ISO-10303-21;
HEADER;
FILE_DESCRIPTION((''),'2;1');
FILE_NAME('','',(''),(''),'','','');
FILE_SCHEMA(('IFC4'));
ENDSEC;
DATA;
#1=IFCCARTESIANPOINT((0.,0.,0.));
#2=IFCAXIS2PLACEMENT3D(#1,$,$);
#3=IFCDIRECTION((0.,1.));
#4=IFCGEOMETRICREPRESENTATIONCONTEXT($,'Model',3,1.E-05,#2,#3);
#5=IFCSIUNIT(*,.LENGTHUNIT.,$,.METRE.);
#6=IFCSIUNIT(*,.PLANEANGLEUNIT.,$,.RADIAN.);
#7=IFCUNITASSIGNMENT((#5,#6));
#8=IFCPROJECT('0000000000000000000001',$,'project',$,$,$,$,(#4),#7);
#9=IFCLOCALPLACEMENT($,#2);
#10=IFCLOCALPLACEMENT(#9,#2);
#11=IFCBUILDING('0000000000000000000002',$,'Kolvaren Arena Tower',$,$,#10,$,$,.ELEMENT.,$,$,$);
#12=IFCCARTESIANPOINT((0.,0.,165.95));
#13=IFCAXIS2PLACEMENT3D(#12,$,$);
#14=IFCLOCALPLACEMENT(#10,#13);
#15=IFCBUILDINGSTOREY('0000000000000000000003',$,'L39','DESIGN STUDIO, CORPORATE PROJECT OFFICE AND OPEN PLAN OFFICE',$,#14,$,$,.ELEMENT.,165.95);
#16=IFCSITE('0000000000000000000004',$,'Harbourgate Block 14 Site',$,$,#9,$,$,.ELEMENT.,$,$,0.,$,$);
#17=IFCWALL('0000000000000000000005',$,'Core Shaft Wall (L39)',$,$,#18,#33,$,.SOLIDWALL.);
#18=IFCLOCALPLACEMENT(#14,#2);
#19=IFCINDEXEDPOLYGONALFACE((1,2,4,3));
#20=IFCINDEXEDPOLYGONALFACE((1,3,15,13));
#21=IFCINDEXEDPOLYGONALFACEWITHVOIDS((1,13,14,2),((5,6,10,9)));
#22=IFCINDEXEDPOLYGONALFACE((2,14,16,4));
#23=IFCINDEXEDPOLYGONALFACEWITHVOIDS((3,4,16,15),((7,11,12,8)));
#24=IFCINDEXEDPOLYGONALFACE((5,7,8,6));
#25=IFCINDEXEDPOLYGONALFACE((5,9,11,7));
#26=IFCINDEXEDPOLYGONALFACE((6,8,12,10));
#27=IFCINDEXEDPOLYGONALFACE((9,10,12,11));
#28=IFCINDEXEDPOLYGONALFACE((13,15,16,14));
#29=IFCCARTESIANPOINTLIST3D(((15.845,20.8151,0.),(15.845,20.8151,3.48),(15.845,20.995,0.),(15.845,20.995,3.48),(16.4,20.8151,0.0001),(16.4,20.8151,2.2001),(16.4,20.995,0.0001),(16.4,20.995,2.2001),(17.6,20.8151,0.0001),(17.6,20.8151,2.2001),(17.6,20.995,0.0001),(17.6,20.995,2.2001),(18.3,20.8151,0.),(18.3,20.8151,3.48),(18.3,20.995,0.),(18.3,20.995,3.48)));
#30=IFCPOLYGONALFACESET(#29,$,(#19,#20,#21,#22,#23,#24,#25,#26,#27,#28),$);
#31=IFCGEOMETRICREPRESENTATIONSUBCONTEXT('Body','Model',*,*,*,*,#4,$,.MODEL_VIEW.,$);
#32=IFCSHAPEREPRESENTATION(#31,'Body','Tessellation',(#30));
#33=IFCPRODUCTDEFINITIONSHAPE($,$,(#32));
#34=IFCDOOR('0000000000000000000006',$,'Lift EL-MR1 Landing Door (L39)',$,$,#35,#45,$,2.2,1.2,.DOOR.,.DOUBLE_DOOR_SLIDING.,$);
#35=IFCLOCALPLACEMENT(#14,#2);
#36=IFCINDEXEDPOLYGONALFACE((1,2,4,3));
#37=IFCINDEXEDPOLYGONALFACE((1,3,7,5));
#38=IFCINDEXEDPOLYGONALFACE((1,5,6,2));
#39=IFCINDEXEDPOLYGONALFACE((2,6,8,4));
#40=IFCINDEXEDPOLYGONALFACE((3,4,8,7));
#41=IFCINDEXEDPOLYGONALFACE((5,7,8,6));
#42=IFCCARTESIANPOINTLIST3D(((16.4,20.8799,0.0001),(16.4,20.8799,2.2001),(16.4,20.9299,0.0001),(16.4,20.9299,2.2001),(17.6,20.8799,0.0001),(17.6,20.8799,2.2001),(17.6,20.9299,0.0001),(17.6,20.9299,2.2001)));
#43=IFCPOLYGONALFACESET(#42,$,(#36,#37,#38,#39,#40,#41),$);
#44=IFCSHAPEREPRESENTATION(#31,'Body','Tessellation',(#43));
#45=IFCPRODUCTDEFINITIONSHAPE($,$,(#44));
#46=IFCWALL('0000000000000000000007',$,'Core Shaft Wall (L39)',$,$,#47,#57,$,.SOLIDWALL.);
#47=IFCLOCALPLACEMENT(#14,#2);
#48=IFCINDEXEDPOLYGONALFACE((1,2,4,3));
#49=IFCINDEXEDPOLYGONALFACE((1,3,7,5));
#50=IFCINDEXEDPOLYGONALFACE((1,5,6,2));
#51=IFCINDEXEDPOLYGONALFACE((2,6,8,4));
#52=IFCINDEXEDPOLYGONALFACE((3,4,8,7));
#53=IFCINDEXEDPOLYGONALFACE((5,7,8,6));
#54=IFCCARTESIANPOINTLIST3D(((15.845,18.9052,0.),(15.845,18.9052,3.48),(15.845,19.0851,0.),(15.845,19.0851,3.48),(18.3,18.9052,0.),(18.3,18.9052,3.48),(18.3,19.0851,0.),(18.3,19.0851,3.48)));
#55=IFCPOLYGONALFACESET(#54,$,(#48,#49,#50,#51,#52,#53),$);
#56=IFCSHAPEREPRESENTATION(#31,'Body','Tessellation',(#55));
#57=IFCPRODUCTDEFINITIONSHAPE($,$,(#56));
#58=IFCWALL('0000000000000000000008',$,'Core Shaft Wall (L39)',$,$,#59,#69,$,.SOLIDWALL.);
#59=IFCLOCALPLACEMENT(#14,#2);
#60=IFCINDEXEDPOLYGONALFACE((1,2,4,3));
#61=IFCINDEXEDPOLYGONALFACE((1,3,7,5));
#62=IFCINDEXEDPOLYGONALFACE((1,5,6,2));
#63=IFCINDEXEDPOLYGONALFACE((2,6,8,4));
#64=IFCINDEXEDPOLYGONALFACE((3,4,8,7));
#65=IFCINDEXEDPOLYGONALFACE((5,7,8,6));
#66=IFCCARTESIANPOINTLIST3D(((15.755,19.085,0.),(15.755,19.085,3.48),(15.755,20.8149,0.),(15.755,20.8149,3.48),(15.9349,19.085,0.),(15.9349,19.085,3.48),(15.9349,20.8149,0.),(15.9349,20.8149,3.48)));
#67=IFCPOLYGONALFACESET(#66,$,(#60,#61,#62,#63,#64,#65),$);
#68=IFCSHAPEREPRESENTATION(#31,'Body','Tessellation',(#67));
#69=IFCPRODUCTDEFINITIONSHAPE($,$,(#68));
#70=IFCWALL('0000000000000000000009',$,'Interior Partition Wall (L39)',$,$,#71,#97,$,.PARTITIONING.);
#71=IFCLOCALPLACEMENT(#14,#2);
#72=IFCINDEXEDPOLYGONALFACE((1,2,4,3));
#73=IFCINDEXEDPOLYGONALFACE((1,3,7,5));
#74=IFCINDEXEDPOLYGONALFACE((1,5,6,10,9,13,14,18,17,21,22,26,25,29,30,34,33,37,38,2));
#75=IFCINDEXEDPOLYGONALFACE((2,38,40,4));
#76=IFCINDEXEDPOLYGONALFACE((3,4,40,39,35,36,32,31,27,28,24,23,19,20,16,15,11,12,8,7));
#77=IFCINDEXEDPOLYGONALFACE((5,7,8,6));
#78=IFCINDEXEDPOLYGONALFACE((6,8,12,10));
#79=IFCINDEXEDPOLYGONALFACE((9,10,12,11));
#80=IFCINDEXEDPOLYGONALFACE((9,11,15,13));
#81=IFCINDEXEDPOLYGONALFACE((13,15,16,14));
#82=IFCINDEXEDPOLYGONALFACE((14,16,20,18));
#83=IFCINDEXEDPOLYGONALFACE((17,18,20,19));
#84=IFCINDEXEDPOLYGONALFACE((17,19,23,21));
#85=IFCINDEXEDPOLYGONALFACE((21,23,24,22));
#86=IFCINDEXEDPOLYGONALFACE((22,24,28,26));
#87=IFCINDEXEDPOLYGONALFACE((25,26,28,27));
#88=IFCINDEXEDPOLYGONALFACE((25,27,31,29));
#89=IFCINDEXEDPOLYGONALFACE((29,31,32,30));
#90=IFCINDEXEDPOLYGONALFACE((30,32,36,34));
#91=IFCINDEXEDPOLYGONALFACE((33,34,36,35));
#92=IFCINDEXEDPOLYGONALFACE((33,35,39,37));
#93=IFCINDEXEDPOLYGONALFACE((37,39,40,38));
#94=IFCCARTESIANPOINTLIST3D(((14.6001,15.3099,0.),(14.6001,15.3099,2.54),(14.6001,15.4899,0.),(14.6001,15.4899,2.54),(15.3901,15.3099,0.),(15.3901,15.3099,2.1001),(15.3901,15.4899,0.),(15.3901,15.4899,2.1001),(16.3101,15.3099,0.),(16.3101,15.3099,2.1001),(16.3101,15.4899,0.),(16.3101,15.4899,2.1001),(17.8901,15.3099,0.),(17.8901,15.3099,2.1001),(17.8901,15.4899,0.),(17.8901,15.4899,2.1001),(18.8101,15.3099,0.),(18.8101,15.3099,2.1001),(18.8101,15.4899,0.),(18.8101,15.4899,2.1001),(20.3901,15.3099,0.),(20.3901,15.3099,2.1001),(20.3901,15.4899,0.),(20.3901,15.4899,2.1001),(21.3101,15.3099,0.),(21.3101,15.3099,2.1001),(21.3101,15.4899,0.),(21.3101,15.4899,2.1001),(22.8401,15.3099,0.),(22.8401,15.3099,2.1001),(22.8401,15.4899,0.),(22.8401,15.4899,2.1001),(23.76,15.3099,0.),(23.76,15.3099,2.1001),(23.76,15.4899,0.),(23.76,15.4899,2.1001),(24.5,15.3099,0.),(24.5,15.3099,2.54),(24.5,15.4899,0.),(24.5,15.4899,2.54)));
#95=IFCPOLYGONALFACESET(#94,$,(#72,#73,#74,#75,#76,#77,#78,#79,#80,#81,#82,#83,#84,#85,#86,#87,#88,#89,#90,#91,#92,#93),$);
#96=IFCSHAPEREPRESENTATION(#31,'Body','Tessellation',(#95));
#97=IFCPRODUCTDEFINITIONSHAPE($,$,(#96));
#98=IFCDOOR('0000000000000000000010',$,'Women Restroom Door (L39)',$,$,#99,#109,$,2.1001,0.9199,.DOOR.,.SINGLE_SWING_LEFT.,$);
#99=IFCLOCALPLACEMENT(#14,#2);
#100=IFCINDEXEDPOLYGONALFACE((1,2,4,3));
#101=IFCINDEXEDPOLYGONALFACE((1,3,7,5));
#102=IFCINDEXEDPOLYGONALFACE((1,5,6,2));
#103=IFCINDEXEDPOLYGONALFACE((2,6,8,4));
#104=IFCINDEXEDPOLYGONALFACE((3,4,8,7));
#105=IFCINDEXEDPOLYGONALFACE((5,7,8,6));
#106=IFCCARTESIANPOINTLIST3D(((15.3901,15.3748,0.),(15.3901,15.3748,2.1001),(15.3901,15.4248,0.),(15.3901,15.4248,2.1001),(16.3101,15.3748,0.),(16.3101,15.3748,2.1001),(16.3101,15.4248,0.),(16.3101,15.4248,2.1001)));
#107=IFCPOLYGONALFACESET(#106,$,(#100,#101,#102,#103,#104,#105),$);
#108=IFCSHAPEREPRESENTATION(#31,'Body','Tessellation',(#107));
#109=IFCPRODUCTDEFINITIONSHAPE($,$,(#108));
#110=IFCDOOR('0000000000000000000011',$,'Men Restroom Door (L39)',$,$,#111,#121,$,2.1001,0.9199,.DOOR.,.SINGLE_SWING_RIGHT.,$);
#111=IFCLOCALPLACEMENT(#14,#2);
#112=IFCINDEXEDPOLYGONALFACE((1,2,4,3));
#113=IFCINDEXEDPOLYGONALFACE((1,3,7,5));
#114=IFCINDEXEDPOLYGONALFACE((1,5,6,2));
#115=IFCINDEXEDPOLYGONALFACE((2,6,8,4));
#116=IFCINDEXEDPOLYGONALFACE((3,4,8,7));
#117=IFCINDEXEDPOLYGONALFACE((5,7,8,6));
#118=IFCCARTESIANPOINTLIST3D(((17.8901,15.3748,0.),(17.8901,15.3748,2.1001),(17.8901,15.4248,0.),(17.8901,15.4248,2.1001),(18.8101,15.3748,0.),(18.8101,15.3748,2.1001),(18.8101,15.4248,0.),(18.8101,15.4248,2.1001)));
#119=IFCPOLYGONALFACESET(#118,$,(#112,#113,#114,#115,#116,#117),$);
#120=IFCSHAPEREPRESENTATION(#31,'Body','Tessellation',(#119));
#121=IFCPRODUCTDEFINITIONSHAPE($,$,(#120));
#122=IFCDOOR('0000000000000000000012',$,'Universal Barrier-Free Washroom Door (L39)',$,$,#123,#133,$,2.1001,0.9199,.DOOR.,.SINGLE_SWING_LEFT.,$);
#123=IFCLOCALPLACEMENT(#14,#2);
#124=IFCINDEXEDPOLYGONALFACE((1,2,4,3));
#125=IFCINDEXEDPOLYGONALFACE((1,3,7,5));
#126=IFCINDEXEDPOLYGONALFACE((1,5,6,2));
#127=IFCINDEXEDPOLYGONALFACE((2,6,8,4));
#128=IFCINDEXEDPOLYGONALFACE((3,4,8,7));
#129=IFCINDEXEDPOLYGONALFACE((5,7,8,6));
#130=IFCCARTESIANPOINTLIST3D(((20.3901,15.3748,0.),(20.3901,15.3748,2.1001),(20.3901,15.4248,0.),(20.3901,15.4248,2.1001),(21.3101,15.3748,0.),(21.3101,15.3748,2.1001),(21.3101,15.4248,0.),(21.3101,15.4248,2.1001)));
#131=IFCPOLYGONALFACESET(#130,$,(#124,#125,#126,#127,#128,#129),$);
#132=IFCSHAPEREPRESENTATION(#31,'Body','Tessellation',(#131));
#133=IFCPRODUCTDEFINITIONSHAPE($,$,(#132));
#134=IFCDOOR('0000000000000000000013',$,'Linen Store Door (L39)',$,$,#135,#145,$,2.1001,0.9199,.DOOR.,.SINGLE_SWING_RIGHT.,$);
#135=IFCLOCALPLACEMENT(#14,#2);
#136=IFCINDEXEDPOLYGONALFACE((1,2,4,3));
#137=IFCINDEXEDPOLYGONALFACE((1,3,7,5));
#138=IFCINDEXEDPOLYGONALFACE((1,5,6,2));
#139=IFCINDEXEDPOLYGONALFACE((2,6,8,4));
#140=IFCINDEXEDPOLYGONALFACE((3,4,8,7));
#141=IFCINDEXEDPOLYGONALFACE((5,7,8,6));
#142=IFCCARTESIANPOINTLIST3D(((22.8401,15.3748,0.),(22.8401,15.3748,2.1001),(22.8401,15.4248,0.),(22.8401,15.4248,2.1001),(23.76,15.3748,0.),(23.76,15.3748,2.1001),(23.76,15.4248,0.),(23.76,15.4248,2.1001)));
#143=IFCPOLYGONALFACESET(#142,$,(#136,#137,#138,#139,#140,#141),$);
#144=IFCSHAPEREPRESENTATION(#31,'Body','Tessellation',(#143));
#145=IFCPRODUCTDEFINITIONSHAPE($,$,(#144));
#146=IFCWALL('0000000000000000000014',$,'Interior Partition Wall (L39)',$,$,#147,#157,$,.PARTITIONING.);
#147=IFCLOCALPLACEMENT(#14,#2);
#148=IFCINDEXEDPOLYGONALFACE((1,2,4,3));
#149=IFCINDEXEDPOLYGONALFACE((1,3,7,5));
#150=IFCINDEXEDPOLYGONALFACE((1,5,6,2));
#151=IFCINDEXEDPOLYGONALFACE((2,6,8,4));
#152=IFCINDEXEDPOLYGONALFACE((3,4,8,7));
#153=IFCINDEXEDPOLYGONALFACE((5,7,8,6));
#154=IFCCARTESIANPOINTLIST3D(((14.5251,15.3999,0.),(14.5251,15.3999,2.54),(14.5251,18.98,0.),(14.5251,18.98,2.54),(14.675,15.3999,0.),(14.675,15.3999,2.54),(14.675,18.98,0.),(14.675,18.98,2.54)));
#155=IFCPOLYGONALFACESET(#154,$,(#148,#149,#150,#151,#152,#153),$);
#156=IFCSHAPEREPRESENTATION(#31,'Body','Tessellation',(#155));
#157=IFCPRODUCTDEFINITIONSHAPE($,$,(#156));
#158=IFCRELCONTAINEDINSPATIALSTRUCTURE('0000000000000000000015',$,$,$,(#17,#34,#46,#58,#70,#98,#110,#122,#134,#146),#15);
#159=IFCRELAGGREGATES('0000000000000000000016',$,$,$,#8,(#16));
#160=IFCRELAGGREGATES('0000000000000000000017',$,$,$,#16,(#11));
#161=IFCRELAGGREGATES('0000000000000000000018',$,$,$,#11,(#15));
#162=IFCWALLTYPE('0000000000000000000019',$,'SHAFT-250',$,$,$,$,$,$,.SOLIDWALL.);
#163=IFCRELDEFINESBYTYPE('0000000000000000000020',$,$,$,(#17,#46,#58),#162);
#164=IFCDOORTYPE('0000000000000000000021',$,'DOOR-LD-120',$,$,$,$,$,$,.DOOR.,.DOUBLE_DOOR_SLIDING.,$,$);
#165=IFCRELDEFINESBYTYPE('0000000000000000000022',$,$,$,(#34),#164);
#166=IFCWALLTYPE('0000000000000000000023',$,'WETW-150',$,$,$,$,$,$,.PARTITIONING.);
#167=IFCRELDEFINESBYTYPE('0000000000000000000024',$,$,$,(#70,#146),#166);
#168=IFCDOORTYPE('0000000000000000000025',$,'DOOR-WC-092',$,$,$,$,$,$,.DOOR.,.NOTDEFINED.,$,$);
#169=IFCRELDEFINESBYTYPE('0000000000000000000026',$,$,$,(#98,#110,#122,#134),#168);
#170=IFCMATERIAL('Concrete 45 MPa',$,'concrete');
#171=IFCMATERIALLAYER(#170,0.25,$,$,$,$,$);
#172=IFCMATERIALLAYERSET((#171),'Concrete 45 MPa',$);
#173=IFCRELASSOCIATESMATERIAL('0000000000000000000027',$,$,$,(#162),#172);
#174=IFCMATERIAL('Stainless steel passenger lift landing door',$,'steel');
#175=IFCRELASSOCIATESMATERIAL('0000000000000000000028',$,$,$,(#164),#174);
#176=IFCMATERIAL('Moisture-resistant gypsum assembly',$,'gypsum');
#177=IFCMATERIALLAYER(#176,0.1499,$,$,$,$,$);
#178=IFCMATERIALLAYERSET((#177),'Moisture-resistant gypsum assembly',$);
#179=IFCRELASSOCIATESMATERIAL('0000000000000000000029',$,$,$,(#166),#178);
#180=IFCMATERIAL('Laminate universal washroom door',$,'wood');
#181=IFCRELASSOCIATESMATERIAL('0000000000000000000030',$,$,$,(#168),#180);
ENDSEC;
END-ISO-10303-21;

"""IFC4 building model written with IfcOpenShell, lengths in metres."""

from ifc_helpers import new_model, si_unit, direction, frame, frame_2d, origin, place, context, subcontext, project, spatial, rectangle, extrude, material, layer, layer_set, type_object, element, fill, save


model = new_model("IFC4")

# Units and contexts
model_context = context("Model", 3, precision=1e-05, world=origin(), true_north=direction((0.0, 1.0)))
body_context = subcontext(model_context, "Body", "Model", "MODEL_VIEW")
ifc_project = project(units=[si_unit("LENGTHUNIT", "METRE"), si_unit("PLANEANGLEUNIT", "RADIAN")], contexts=[model_context])

# Site, building, storey
site_placement = place(None, origin())
site = spatial("IfcSite", under=ifc_project, at=site_placement, Name="Harbourgate Block 14 Site", CompositionType="ELEMENT", RefElevation=0.0)
building_placement = place(site_placement, origin())
building = spatial("IfcBuilding", under=site, at=building_placement, Name="Kolvaren Arena Tower", CompositionType="ELEMENT")
storey_placement = place(building_placement, frame((0.0, 0.0, 165.95)))
storey = spatial("IfcBuildingStorey", under=building, at=storey_placement, Name="L39", Description="DESIGN STUDIO, CORPORATE PROJECT OFFICE AND OPEN PLAN OFFICE", CompositionType="ELEMENT", Elevation=165.95)

# Wall, opening, door
ifc_material_1 = material(Name="Concrete 45 MPa", Category="concrete")
ifc_layer_1 = layer(ifc_material_1, 0.25)
ifc_layer_set_1 = layer_set([ifc_layer_1], Name="Concrete 45 MPa")
wall_type_1 = type_object("IfcWallType", Name="SHAFT-250", PredefinedType="SOLIDWALL", material=ifc_layer_set_1)
wall_1_placement = place(storey_placement, frame((15.845, 20.905, 0.0), z_axis=(0.0, 0.0, 1.0), x_axis=(1.0, 0.0, 0.0)))
wall_1 = element("IfcWall", 1, at=wall_1_placement, inside=storey, type_object=wall_type_1, Name="Core Shaft Wall (L39)", PredefinedType="SOLIDWALL", context=body_context, shape_type="SweptSolid", body=[
    extrude(rectangle(XDim=2.4551, YDim=0.1799, at=frame_2d((1.2275, 0.0))), origin(), (0.0, 0.0, 1.0), 3.48),
])
opening_1_placement = place(wall_1_placement, frame((0.5549, 0.0, 0.0)))
opening_1 = element("IfcOpeningElement", 2, at=opening_1_placement, cuts=wall_1, PredefinedType="OPENING", context=body_context, shape_type="SweptSolid", body=[
    extrude(rectangle(XDim=1.2, YDim=2.2, at=frame_2d((0.6001, 1.1001))), frame((0.0, 0.0999, 0.0), z_axis=(0.0, -1.0, 0.0), x_axis=(1.0, 0.0, 0.0)), (0.0, 0.0, 1.0), 0.2),
])
ifc_material_2 = material(Name="Stainless steel passenger lift landing door", Category="steel")
door_type_1 = type_object("IfcDoorType", Name="DOOR-LD-120", OperationType="DOUBLE_DOOR_SLIDING", PredefinedType="DOOR", material=ifc_material_2)
door_1_placement = place(opening_1_placement, origin())
door_1 = element("IfcDoor", 3, at=door_1_placement, inside=storey, type_object=door_type_1, Name="Lift EL-MR1 Landing Door (L39)", OperationType="DOUBLE_DOOR_SLIDING", OverallHeight=2.2, OverallWidth=1.2, PredefinedType="DOOR", context=body_context, shape_type="SweptSolid", body=[
    extrude(rectangle(XDim=1.2, YDim=2.2, at=frame_2d((0.6001, 1.1001))), frame((0.0, 0.0249, 0.0), z_axis=(0.0, -1.0, 0.0), x_axis=(1.0, 0.0, 0.0)), (0.0, 0.0, 1.0), 0.05),
])
fill(opening_1, door_1)

# Walls
wall_2_placement = place(storey_placement, frame((15.845, 18.9951, 0.0), z_axis=(0.0, 0.0, 1.0), x_axis=(1.0, 0.0, 0.0)))
element("IfcWall", 4, at=wall_2_placement, inside=storey, type_object=wall_type_1, Name="Core Shaft Wall (L39)", PredefinedType="SOLIDWALL", context=body_context, shape_type="SweptSolid", body=[
    extrude(rectangle(XDim=2.4551, YDim=0.1799, at=frame_2d((1.2275, 0.0))), origin(), (0.0, 0.0, 1.0), 3.48),
])
wall_3_placement = place(storey_placement, frame((15.845, 19.085, 0.0), z_axis=(0.0, 0.0, 1.0), x_axis=(0.0, 1.0, 0.0)))
element("IfcWall", 5, at=wall_3_placement, inside=storey, type_object=wall_type_1, Name="Core Shaft Wall (L39)", PredefinedType="SOLIDWALL", context=body_context, shape_type="SweptSolid", body=[
    extrude(rectangle(XDim=1.73, YDim=0.1799, at=frame_2d((0.865, 0.0))), origin(), (0.0, 0.0, 1.0), 3.48),
])

# Wall, openings, doors
ifc_material_3 = material(Name="Moisture-resistant gypsum assembly", Category="gypsum")
ifc_layer_2 = layer(ifc_material_3, 0.1499)
ifc_layer_set_2 = layer_set([ifc_layer_2], Name="Moisture-resistant gypsum assembly")
wall_type_2 = type_object("IfcWallType", Name="WETW-150", PredefinedType="PARTITIONING", material=ifc_layer_set_2)
wall_4_placement = place(storey_placement, frame((14.6001, 15.3999, 0.0), z_axis=(0.0, 0.0, 1.0), x_axis=(1.0, 0.0, 0.0)))
wall_4 = element("IfcWall", 6, at=wall_4_placement, inside=storey, type_object=wall_type_2, Name="Interior Partition Wall (L39)", PredefinedType="PARTITIONING", context=body_context, shape_type="SweptSolid", body=[
    extrude(rectangle(XDim=9.8999, YDim=0.1799, at=frame_2d((4.95, 0.0))), origin(), (0.0, 0.0, 1.0), 2.54),
])
opening_2_placement = place(wall_4_placement, frame((0.79, 0.0, 0.0)))
opening_2 = element("IfcOpeningElement", 7, at=opening_2_placement, cuts=wall_4, PredefinedType="OPENING", context=body_context, shape_type="SweptSolid", body=[
    extrude(rectangle(XDim=0.9199, YDim=2.1001, at=frame_2d((0.46, 1.05))), frame((0.0, 0.0999, 0.0), z_axis=(0.0, -1.0, 0.0), x_axis=(1.0, 0.0, 0.0)), (0.0, 0.0, 1.0), 0.2),
])
opening_3_placement = place(wall_4_placement, frame((3.29, 0.0, 0.0)))
opening_3 = element("IfcOpeningElement", 8, at=opening_3_placement, cuts=wall_4, PredefinedType="OPENING", context=body_context, shape_type="SweptSolid", body=[
    extrude(rectangle(XDim=0.9199, YDim=2.1001, at=frame_2d((0.46, 1.05))), frame((0.0, 0.0999, 0.0), z_axis=(0.0, -1.0, 0.0), x_axis=(1.0, 0.0, 0.0)), (0.0, 0.0, 1.0), 0.2),
])
opening_4_placement = place(wall_4_placement, frame((5.79, 0.0, 0.0)))
opening_4 = element("IfcOpeningElement", 9, at=opening_4_placement, cuts=wall_4, PredefinedType="OPENING", context=body_context, shape_type="SweptSolid", body=[
    extrude(rectangle(XDim=0.9199, YDim=2.1001, at=frame_2d((0.46, 1.05))), frame((0.0, 0.0999, 0.0), z_axis=(0.0, -1.0, 0.0), x_axis=(1.0, 0.0, 0.0)), (0.0, 0.0, 1.0), 0.2),
])
opening_5_placement = place(wall_4_placement, frame((8.24, 0.0, 0.0)))
opening_5 = element("IfcOpeningElement", 10, at=opening_5_placement, cuts=wall_4, PredefinedType="OPENING", context=body_context, shape_type="SweptSolid", body=[
    extrude(rectangle(XDim=0.9199, YDim=2.1001, at=frame_2d((0.46, 1.05))), frame((0.0, 0.0999, 0.0), z_axis=(0.0, -1.0, 0.0), x_axis=(1.0, 0.0, 0.0)), (0.0, 0.0, 1.0), 0.2),
])
ifc_material_4 = material(Name="Laminate universal washroom door", Category="wood")
door_type_2 = type_object("IfcDoorType", Name="DOOR-WC-092", OperationType="NOTDEFINED", PredefinedType="DOOR", material=ifc_material_4)
door_2_placement = place(opening_2_placement, origin())
door_2 = element("IfcDoor", 11, at=door_2_placement, inside=storey, type_object=door_type_2, Name="Women Restroom Door (L39)", OperationType="SINGLE_SWING_LEFT", OverallHeight=2.1001, OverallWidth=0.9199, PredefinedType="DOOR", context=body_context, shape_type="SweptSolid", body=[
    extrude(rectangle(XDim=0.9199, YDim=2.1001, at=frame_2d((0.46, 1.05))), frame((0.0, 0.0249, 0.0), z_axis=(0.0, -1.0, 0.0), x_axis=(1.0, 0.0, 0.0)), (0.0, 0.0, 1.0), 0.05),
])
fill(opening_2, door_2)
door_3_placement = place(opening_3_placement, origin())
door_3 = element("IfcDoor", 12, at=door_3_placement, inside=storey, type_object=door_type_2, Name="Men Restroom Door (L39)", OperationType="SINGLE_SWING_RIGHT", OverallHeight=2.1001, OverallWidth=0.9199, PredefinedType="DOOR", context=body_context, shape_type="SweptSolid", body=[
    extrude(rectangle(XDim=0.9199, YDim=2.1001, at=frame_2d((0.46, 1.05))), frame((0.0, 0.0249, 0.0), z_axis=(0.0, -1.0, 0.0), x_axis=(1.0, 0.0, 0.0)), (0.0, 0.0, 1.0), 0.05),
])
fill(opening_3, door_3)
door_4_placement = place(opening_4_placement, origin())
door_4 = element("IfcDoor", 13, at=door_4_placement, inside=storey, type_object=door_type_2, Name="Universal Barrier-Free Washroom Door (L39)", OperationType="SINGLE_SWING_LEFT", OverallHeight=2.1001, OverallWidth=0.9199, PredefinedType="DOOR", context=body_context, shape_type="SweptSolid", body=[
    extrude(rectangle(XDim=0.9199, YDim=2.1001, at=frame_2d((0.46, 1.05))), frame((0.0, 0.0249, 0.0), z_axis=(0.0, -1.0, 0.0), x_axis=(1.0, 0.0, 0.0)), (0.0, 0.0, 1.0), 0.05),
])
fill(opening_4, door_4)
door_5_placement = place(opening_5_placement, origin())
door_5 = element("IfcDoor", 14, at=door_5_placement, inside=storey, type_object=door_type_2, Name="Linen Store Door (L39)", OperationType="SINGLE_SWING_RIGHT", OverallHeight=2.1001, OverallWidth=0.9199, PredefinedType="DOOR", context=body_context, shape_type="SweptSolid", body=[
    extrude(rectangle(XDim=0.9199, YDim=2.1001, at=frame_2d((0.46, 1.05))), frame((0.0, 0.0249, 0.0), z_axis=(0.0, -1.0, 0.0), x_axis=(1.0, 0.0, 0.0)), (0.0, 0.0, 1.0), 0.05),
])
fill(opening_5, door_5)

# Wall
wall_5_placement = place(storey_placement, frame((14.6001, 15.3999, 0.0), z_axis=(0.0, 0.0, 1.0), x_axis=(0.0, 1.0, 0.0)))
element("IfcWall", 15, at=wall_5_placement, inside=storey, type_object=wall_type_2, Name="Interior Partition Wall (L39)", PredefinedType="PARTITIONING", context=body_context, shape_type="SweptSolid", body=[
    extrude(rectangle(XDim=3.5801, YDim=0.1499, at=frame_2d((1.79, 0.0))), origin(), (0.0, 0.0, 1.0), 2.54),
])

save(model, "model.ifc")
